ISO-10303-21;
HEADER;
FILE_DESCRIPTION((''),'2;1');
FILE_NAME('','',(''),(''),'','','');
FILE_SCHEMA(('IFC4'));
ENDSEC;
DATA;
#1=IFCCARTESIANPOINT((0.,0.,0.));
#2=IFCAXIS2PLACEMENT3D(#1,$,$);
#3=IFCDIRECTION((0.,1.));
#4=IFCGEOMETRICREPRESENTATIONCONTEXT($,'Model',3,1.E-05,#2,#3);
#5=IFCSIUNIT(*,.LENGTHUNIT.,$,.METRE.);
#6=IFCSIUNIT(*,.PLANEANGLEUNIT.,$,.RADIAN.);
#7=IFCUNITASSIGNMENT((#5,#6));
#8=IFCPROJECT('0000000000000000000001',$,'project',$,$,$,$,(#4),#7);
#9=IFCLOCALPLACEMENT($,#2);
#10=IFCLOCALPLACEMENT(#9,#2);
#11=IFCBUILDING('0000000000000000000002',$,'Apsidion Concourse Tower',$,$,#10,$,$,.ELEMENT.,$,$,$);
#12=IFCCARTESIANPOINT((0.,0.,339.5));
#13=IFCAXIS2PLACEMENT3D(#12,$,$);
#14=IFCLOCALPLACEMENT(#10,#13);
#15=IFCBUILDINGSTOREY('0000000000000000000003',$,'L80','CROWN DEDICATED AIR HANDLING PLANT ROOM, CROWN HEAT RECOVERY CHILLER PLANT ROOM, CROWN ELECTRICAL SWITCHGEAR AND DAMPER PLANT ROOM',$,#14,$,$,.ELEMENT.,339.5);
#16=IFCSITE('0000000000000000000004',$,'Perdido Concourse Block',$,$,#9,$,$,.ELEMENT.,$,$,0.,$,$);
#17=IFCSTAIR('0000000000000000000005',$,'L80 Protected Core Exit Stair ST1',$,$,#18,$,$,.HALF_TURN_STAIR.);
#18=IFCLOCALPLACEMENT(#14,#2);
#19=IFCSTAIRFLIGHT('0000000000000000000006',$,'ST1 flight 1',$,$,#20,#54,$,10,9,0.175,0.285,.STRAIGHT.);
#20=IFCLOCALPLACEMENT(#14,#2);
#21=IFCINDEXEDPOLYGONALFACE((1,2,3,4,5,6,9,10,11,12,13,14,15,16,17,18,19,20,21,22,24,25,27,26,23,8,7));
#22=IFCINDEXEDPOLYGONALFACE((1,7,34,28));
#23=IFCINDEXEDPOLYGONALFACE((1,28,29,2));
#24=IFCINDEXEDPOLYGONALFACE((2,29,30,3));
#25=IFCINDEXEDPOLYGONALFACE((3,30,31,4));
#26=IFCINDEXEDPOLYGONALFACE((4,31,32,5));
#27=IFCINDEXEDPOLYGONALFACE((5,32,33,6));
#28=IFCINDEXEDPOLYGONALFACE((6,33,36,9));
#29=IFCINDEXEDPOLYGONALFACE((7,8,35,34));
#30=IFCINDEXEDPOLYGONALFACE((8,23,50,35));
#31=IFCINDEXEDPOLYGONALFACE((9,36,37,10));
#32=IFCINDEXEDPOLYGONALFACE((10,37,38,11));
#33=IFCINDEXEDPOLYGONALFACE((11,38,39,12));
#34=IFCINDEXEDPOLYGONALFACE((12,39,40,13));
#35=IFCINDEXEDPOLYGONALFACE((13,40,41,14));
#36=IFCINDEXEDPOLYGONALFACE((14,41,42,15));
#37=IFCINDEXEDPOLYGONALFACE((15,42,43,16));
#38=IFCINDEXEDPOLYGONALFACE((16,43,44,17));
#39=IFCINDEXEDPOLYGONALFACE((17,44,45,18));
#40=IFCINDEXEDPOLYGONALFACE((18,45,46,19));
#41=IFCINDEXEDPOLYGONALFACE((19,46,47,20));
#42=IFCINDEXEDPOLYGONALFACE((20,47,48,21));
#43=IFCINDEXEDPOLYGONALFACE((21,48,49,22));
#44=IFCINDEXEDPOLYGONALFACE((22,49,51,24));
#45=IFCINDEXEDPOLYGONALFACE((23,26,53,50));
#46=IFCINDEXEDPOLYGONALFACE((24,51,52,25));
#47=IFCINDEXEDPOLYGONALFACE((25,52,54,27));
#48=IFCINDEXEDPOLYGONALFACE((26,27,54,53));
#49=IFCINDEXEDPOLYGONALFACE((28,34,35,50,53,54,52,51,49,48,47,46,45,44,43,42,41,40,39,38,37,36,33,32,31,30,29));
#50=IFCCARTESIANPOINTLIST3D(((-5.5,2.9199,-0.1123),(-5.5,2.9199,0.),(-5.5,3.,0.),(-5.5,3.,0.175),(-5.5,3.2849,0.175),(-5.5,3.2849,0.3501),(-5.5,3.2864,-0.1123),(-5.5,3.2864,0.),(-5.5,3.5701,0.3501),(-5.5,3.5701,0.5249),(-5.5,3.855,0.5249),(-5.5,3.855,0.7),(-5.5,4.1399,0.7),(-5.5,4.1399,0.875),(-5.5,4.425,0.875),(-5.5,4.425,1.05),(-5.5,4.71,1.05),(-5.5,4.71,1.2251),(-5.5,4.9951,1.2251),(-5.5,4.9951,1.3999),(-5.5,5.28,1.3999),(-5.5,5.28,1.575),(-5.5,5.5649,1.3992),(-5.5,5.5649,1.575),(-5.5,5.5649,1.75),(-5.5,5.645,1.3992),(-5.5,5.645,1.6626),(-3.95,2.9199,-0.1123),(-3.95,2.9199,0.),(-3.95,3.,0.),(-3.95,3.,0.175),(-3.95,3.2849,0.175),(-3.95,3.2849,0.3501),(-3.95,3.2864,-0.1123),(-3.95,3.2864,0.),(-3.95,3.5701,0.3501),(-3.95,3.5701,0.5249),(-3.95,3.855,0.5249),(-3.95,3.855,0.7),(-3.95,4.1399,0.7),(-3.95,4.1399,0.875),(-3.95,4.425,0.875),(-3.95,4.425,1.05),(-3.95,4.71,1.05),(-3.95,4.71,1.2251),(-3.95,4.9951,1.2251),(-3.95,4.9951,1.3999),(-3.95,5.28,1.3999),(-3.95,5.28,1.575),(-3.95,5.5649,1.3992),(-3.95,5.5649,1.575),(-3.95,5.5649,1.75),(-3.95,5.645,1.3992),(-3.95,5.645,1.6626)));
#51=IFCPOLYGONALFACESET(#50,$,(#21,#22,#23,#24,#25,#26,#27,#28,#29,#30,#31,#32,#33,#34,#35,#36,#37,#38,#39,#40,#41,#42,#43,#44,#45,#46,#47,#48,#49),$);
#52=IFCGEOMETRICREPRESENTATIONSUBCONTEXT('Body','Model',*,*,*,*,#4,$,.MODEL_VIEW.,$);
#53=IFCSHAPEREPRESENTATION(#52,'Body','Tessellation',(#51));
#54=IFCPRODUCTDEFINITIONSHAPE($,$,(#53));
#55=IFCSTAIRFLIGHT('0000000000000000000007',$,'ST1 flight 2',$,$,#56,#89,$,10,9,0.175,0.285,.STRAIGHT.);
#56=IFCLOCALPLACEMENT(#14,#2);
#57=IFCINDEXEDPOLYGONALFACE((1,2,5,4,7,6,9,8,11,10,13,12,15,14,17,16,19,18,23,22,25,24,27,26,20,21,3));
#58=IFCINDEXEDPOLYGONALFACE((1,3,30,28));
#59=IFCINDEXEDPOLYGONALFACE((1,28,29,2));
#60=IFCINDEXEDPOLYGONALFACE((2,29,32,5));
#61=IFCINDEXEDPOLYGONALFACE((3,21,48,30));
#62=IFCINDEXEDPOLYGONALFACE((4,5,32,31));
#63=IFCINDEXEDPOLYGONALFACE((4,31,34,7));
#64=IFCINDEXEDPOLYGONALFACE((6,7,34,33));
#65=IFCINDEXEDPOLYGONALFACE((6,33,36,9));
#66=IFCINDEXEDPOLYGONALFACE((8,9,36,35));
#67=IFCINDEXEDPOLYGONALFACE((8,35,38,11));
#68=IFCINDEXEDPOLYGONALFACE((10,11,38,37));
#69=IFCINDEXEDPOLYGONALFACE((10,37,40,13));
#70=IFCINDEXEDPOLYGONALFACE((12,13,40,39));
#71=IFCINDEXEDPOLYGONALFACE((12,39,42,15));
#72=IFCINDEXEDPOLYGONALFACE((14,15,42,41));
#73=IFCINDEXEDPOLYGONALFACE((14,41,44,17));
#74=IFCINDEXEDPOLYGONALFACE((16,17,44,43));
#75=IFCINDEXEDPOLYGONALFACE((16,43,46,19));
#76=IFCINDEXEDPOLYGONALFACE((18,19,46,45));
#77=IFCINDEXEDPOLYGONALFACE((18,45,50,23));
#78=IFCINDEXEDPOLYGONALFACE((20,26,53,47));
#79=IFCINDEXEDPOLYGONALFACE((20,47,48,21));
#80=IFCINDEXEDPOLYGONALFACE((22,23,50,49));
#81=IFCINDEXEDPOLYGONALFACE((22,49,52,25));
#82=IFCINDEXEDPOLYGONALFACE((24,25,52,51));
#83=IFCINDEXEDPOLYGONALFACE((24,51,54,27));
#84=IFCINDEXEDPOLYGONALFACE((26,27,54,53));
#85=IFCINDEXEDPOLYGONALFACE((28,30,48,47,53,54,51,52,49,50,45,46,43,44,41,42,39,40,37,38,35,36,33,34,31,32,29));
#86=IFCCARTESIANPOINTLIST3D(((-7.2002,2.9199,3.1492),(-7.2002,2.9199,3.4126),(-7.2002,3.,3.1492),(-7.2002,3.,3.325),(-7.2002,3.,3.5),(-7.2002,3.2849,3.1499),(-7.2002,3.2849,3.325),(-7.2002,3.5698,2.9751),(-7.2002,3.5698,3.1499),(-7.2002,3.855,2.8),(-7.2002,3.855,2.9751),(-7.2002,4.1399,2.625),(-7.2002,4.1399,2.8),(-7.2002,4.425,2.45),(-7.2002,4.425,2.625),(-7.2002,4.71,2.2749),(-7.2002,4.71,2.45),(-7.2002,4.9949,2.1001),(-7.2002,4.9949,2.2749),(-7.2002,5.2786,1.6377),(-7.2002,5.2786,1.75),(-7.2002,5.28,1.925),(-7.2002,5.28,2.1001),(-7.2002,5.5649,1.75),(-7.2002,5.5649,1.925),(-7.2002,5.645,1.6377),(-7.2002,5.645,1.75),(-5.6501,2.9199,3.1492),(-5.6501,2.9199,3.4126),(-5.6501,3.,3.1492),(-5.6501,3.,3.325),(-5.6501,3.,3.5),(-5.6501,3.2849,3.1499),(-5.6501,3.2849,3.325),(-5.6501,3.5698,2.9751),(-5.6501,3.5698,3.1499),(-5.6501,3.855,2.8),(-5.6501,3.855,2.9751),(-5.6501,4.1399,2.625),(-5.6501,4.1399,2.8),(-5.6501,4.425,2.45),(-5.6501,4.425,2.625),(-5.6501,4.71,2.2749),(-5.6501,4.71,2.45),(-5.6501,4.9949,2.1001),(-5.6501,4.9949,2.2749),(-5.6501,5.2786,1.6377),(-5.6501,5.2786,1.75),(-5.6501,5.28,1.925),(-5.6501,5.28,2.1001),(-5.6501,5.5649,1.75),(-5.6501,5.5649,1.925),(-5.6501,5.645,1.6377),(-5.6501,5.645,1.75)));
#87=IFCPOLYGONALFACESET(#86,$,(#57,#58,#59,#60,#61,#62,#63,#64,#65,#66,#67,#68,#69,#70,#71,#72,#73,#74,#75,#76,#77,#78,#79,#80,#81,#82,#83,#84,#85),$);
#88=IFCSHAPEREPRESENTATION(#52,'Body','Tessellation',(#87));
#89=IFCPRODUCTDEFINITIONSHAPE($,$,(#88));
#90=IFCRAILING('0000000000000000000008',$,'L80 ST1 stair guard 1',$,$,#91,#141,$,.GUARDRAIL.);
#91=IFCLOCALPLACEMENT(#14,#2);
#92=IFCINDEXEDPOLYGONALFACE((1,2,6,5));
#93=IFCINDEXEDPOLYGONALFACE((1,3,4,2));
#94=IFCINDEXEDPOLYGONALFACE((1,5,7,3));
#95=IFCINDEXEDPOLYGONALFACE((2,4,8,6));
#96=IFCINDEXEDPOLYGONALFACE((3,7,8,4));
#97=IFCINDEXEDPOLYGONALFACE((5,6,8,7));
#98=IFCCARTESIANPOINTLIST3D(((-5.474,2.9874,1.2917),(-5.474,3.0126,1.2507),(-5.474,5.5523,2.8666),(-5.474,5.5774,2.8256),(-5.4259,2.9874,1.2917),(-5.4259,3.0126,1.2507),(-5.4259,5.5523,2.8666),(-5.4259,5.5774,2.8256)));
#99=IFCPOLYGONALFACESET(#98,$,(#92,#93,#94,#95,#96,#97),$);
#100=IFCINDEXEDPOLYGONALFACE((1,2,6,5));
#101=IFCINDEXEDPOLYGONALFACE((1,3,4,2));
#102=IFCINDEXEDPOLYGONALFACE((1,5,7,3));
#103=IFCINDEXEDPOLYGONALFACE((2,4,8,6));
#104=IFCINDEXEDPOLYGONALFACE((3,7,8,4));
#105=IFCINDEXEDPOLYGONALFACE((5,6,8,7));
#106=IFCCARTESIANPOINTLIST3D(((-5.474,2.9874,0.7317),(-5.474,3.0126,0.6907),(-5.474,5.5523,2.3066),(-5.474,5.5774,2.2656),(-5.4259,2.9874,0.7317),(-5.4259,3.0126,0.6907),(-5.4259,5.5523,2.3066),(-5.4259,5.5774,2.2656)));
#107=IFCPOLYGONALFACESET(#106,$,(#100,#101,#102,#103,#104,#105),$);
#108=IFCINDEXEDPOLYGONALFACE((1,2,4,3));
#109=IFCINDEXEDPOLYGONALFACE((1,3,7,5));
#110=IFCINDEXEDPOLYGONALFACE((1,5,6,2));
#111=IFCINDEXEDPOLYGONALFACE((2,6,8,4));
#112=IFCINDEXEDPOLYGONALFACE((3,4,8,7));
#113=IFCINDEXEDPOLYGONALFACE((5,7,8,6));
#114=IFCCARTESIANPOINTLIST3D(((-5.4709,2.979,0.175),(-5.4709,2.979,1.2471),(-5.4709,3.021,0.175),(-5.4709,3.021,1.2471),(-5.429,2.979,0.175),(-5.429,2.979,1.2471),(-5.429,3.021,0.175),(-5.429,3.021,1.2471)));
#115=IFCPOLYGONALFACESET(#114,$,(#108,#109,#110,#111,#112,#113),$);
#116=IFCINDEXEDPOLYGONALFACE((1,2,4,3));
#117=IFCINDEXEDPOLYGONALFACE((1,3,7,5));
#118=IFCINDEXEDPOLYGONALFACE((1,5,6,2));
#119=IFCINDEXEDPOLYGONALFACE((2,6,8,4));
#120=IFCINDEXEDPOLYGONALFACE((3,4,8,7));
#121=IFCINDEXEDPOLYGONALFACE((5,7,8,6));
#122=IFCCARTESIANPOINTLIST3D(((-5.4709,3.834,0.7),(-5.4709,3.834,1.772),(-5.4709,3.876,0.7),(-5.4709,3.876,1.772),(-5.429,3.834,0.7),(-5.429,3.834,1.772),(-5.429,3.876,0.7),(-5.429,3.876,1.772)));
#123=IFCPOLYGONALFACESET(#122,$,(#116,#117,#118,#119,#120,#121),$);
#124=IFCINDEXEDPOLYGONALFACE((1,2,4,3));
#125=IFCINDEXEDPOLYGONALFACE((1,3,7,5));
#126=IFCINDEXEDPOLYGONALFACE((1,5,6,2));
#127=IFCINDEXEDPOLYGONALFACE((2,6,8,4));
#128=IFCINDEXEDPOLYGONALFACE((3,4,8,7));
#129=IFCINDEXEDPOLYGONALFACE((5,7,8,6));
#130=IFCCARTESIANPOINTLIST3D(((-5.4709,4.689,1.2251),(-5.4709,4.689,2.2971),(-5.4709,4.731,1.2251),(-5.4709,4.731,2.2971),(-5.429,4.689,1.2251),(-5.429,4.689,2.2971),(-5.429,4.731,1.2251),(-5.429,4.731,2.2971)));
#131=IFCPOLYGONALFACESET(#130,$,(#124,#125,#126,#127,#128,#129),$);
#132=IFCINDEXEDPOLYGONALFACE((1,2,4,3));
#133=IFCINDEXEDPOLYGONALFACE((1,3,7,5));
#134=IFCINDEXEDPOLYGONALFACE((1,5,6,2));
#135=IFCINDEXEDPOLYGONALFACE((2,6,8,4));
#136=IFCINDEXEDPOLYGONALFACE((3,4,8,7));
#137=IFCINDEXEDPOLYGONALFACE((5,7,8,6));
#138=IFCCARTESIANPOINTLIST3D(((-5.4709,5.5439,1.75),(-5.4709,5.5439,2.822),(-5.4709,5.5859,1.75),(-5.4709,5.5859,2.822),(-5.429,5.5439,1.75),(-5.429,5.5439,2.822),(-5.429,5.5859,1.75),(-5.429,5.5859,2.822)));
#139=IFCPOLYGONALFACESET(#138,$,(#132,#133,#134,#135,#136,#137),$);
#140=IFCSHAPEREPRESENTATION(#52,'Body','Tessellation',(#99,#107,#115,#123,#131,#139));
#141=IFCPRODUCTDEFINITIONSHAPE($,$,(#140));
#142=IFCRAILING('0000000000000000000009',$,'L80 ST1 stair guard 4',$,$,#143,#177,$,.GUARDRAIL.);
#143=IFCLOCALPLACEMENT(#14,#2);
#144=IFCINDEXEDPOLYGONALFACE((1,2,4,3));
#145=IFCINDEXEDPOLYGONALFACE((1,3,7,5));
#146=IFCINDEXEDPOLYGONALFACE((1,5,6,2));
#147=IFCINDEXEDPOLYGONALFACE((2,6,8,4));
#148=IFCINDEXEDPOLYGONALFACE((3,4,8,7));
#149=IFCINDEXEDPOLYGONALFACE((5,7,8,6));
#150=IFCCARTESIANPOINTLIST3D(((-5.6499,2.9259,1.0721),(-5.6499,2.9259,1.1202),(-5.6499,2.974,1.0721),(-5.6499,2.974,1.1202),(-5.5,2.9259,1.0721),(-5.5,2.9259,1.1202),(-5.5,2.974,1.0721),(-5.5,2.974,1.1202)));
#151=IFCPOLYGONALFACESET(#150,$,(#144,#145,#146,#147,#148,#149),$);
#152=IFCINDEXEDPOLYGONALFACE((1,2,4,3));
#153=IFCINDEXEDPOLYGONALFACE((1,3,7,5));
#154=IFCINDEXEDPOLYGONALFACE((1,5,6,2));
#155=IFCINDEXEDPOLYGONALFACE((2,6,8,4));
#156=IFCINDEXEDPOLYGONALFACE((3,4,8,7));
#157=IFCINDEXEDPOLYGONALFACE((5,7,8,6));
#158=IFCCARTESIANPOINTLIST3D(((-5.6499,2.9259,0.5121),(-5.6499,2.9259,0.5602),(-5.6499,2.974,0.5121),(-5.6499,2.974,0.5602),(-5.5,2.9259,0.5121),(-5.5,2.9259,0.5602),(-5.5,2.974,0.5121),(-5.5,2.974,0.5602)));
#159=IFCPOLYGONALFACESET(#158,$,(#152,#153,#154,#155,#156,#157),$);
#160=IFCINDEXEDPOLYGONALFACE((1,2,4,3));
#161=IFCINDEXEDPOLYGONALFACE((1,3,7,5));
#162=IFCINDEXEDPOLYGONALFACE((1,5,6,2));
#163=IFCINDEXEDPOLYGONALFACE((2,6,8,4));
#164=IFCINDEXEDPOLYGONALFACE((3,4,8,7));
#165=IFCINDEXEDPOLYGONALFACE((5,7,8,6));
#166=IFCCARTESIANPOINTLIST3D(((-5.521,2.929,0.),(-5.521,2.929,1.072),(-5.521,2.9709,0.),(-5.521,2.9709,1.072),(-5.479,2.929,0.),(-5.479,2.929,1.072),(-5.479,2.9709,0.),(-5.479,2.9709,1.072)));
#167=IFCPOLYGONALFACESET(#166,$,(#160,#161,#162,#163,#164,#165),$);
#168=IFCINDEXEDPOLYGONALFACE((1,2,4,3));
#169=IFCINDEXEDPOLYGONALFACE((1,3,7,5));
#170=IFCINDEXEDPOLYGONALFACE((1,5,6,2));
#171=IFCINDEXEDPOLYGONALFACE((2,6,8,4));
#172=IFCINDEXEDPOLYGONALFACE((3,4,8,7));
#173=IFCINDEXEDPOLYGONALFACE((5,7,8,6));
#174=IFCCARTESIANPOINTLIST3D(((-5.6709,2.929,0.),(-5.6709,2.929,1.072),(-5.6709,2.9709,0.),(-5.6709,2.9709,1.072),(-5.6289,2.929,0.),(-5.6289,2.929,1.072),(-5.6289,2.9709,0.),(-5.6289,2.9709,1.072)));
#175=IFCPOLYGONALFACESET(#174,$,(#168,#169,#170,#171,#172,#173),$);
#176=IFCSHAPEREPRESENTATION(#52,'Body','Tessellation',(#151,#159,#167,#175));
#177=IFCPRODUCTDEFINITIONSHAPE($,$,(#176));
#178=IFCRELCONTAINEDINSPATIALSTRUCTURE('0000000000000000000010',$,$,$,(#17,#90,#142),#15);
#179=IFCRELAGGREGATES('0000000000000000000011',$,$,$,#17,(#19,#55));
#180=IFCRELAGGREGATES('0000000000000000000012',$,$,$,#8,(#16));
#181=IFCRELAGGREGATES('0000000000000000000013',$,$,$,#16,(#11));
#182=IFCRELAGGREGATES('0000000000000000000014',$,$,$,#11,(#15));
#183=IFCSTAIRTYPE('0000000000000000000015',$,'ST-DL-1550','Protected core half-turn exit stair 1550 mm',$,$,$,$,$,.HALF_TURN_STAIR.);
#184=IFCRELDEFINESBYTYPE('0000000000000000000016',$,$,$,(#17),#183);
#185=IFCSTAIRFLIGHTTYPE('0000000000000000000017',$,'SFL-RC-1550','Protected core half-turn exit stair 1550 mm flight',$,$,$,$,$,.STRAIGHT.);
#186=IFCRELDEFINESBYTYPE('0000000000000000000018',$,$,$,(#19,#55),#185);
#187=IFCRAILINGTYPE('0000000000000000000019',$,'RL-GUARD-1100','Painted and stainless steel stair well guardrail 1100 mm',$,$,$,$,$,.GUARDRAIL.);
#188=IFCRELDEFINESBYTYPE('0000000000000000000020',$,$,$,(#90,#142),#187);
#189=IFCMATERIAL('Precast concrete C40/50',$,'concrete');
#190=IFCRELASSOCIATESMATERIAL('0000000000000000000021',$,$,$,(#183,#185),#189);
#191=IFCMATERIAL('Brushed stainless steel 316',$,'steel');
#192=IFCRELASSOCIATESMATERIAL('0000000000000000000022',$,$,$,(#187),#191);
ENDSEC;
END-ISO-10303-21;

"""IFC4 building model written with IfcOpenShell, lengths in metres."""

from ifc_helpers import new_model, si_unit, direction, frame, origin, origin_2d, place, context, subcontext, project, spatial, polyline, rectangle, outline, extrude, material, type_object, element, aggregate, save


model = new_model("IFC4")

# Units and contexts
model_context = context("Model", 3, precision=1e-05, world=origin(), true_north=direction((0.0, 1.0)))
body_context = subcontext(model_context, "Body", "Model", "MODEL_VIEW")
ifc_project = project(units=[si_unit("LENGTHUNIT", "METRE"), si_unit("PLANEANGLEUNIT", "RADIAN")], contexts=[model_context])

# Site, building, storey
site_placement = place(None, origin())
site = spatial("IfcSite", under=ifc_project, at=site_placement, Name="Perdido Concourse Block", CompositionType="ELEMENT", RefElevation=0.0)
building_placement = place(site_placement, origin())
building = spatial("IfcBuilding", under=site, at=building_placement, Name="Apsidion Concourse Tower", CompositionType="ELEMENT")
storey_placement = place(building_placement, frame((0.0, 0.0, 339.5)))
storey = spatial("IfcBuildingStorey", under=building, at=storey_placement, Name="L80", Description="CROWN DEDICATED AIR HANDLING PLANT ROOM, CROWN HEAT RECOVERY CHILLER PLANT ROOM, CROWN ELECTRICAL SWITCHGEAR AND DAMPER PLANT ROOM", CompositionType="ELEMENT", Elevation=339.5)

# Shared definitions
ifc_material_1 = material(Name="Precast concrete C40/50", Category="concrete")

# Shared definitions
ifc_material_2 = material(Name="Brushed stainless steel 316", Category="steel")

# Stair, stair flights
stair_type = type_object("IfcStairType", Name="ST-DL-1550", Description="Protected core half-turn exit stair 1550 mm", PredefinedType="HALF_TURN_STAIR", material=ifc_material_1)
stair_placement = place(storey_placement, origin())
stair = element("IfcStair", 1, at=stair_placement, inside=storey, type_object=stair_type, Name="L80 Protected Core Exit Stair ST1", PredefinedType="HALF_TURN_STAIR")
stair_flight_type = type_object("IfcStairFlightType", Name="SFL-RC-1550", Description="Protected core half-turn exit stair 1550 mm flight", PredefinedType="STRAIGHT", material=ifc_material_1)
stair_flight_1_placement = place(storey_placement, frame((-4.7251, 3.0, 0.0), z_axis=(0.0, 0.0, 1.0), x_axis=(0.0, 1.0, 0.0)))
stair_flight_1 = element("IfcStairFlight", 2, at=stair_flight_1_placement, type_object=stair_flight_type, Name="ST1 flight 1", NumberOfRisers=10, NumberOfTreads=9, PredefinedType="STRAIGHT", RiserHeight=0.175, TreadLength=0.285, context=body_context, shape_type="SweptSolid", body=[
    extrude(outline(polyline([(-0.0801, -0.1123), (-0.0801, 0.0), (0.0, 0.0), (0.0, 0.175), (0.2849, 0.175), (0.2849, 0.3501), (0.5701, 0.3501), (0.5701, 0.5249), (0.855, 0.5249), (0.855, 0.7), (1.1399, 0.7), (1.1399, 0.875), (1.425, 0.875), (1.425, 1.05), (1.71, 1.05), (1.71, 1.2251), (1.9951, 1.2251), (1.9951, 1.3999), (2.28, 1.3999), (2.28, 1.575), (2.5649, 1.575), (2.5649, 1.75), (2.645, 1.6626), (2.645, 1.3992), (2.5649, 1.3992), (0.2864, 0.0), (0.2864, -0.1123), (-0.0801, -0.1123)])), frame((0.0, 0.7749, 0.0), z_axis=(0.0, -1.0, 0.0), x_axis=(1.0, 0.0, 0.0)), (0.0, 0.0, 1.0), 1.55),
])
stair_flight_2_placement = place(storey_placement, frame((-6.425, 5.5649, 1.75), z_axis=(0.0, 0.0, 1.0), x_axis=(0.0, -1.0, 0.0)))
stair_flight_2 = element("IfcStairFlight", 3, at=stair_flight_2_placement, type_object=stair_flight_type, Name="ST1 flight 2", NumberOfRisers=10, NumberOfTreads=9, PredefinedType="STRAIGHT", RiserHeight=0.175, TreadLength=0.285, context=body_context, shape_type="SweptSolid", body=[
    extrude(outline(polyline([(-0.0801, -0.1123), (-0.0801, 0.0), (0.0, 0.0), (0.0, 0.175), (0.2849, 0.175), (0.2849, 0.3501), (0.5701, 0.3501), (0.5701, 0.5249), (0.855, 0.5249), (0.855, 0.7), (1.1399, 0.7), (1.1399, 0.875), (1.425, 0.875), (1.425, 1.05), (1.71, 1.05), (1.71, 1.2251), (1.9951, 1.2251), (1.9951, 1.3999), (2.28, 1.3999), (2.28, 1.575), (2.5649, 1.575), (2.5649, 1.75), (2.645, 1.6626), (2.645, 1.3992), (2.5649, 1.3992), (0.2864, 0.0), (0.2864, -0.1123), (-0.0801, -0.1123)])), frame((0.0, 0.7749, 0.0), z_axis=(0.0, -1.0, 0.0), x_axis=(1.0, 0.0, 0.0)), (0.0, 0.0, 1.0), 1.55),
])
aggregate(stair, [stair_flight_1, stair_flight_2])

# Railings
railing_type_1 = type_object("IfcRailingType", Name="RL-GUARD-1100", Description="Painted and stainless steel stair well guardrail 1100 mm", PredefinedType="GUARDRAIL", material=ifc_material_2)
railing_1_placement = place(storey_placement, frame((-5.45, 3.0, 0.175)))
element("IfcRailing", 4, at=railing_1_placement, inside=storey, type_object=railing_type_1, Name="L80 ST1 stair guard 1", PredefinedType="GUARDRAIL", context=body_context, shape_type="SweptSolid", body=[
    extrude(rectangle(XDim=0.0481, YDim=0.0481, at=origin_2d()), frame((0.0, 0.0, 1.0962), z_axis=(0.0, 0.852173, 0.52326), x_axis=(-1.0, 0.0, 0.0)), (0.0, 0.0, 1.0), 3.0098),
    extrude(rectangle(XDim=0.0481, YDim=0.0481, at=origin_2d()), frame((0.0, 0.0, 0.5361), z_axis=(0.0, 0.852173, 0.52326), x_axis=(-1.0, 0.0, 0.0)), (0.0, 0.0, 1.0), 3.0098),
    extrude(rectangle(XDim=0.042, YDim=0.042, at=origin_2d()), origin(), (0.0, 0.0, 1.0), 1.072),
    extrude(rectangle(XDim=0.042, YDim=0.042, at=origin_2d()), frame((0.0, 0.855, 0.5249)), (0.0, 0.0, 1.0), 1.072),
    extrude(rectangle(XDim=0.042, YDim=0.042, at=origin_2d()), frame((0.0, 1.71, 1.05)), (0.0, 0.0, 1.0), 1.072),
    extrude(rectangle(XDim=0.042, YDim=0.042, at=origin_2d()), frame((0.0, 2.5649, 1.575)), (0.0, 0.0, 1.0), 1.072),
])
railing_2_placement = place(storey_placement, frame((-5.5, 2.95, 0.0)))
element("IfcRailing", 5, at=railing_2_placement, inside=storey, type_object=railing_type_1, Name="L80 ST1 stair guard 4", PredefinedType="GUARDRAIL", context=body_context, shape_type="SweptSolid", body=[
    extrude(rectangle(XDim=0.0481, YDim=0.0481, at=origin_2d()), frame((0.0, 0.0, 1.0962), z_axis=(-1.0, 0.0, 0.0), x_axis=(0.0, -1.0, 0.0)), (0.0, 0.0, 1.0), 0.1499),
    extrude(rectangle(XDim=0.0481, YDim=0.0481, at=origin_2d()), frame((0.0, 0.0, 0.5361), z_axis=(-1.0, 0.0, 0.0), x_axis=(0.0, -1.0, 0.0)), (0.0, 0.0, 1.0), 0.1499),
    extrude(rectangle(XDim=0.042, YDim=0.042, at=origin_2d()), origin(), (0.0, 0.0, 1.0), 1.072),
    extrude(rectangle(XDim=0.042, YDim=0.042, at=origin_2d()), frame((-0.1499, 0.0, 0.0)), (0.0, 0.0, 1.0), 1.072),
])

save(model, "model.ifc")
